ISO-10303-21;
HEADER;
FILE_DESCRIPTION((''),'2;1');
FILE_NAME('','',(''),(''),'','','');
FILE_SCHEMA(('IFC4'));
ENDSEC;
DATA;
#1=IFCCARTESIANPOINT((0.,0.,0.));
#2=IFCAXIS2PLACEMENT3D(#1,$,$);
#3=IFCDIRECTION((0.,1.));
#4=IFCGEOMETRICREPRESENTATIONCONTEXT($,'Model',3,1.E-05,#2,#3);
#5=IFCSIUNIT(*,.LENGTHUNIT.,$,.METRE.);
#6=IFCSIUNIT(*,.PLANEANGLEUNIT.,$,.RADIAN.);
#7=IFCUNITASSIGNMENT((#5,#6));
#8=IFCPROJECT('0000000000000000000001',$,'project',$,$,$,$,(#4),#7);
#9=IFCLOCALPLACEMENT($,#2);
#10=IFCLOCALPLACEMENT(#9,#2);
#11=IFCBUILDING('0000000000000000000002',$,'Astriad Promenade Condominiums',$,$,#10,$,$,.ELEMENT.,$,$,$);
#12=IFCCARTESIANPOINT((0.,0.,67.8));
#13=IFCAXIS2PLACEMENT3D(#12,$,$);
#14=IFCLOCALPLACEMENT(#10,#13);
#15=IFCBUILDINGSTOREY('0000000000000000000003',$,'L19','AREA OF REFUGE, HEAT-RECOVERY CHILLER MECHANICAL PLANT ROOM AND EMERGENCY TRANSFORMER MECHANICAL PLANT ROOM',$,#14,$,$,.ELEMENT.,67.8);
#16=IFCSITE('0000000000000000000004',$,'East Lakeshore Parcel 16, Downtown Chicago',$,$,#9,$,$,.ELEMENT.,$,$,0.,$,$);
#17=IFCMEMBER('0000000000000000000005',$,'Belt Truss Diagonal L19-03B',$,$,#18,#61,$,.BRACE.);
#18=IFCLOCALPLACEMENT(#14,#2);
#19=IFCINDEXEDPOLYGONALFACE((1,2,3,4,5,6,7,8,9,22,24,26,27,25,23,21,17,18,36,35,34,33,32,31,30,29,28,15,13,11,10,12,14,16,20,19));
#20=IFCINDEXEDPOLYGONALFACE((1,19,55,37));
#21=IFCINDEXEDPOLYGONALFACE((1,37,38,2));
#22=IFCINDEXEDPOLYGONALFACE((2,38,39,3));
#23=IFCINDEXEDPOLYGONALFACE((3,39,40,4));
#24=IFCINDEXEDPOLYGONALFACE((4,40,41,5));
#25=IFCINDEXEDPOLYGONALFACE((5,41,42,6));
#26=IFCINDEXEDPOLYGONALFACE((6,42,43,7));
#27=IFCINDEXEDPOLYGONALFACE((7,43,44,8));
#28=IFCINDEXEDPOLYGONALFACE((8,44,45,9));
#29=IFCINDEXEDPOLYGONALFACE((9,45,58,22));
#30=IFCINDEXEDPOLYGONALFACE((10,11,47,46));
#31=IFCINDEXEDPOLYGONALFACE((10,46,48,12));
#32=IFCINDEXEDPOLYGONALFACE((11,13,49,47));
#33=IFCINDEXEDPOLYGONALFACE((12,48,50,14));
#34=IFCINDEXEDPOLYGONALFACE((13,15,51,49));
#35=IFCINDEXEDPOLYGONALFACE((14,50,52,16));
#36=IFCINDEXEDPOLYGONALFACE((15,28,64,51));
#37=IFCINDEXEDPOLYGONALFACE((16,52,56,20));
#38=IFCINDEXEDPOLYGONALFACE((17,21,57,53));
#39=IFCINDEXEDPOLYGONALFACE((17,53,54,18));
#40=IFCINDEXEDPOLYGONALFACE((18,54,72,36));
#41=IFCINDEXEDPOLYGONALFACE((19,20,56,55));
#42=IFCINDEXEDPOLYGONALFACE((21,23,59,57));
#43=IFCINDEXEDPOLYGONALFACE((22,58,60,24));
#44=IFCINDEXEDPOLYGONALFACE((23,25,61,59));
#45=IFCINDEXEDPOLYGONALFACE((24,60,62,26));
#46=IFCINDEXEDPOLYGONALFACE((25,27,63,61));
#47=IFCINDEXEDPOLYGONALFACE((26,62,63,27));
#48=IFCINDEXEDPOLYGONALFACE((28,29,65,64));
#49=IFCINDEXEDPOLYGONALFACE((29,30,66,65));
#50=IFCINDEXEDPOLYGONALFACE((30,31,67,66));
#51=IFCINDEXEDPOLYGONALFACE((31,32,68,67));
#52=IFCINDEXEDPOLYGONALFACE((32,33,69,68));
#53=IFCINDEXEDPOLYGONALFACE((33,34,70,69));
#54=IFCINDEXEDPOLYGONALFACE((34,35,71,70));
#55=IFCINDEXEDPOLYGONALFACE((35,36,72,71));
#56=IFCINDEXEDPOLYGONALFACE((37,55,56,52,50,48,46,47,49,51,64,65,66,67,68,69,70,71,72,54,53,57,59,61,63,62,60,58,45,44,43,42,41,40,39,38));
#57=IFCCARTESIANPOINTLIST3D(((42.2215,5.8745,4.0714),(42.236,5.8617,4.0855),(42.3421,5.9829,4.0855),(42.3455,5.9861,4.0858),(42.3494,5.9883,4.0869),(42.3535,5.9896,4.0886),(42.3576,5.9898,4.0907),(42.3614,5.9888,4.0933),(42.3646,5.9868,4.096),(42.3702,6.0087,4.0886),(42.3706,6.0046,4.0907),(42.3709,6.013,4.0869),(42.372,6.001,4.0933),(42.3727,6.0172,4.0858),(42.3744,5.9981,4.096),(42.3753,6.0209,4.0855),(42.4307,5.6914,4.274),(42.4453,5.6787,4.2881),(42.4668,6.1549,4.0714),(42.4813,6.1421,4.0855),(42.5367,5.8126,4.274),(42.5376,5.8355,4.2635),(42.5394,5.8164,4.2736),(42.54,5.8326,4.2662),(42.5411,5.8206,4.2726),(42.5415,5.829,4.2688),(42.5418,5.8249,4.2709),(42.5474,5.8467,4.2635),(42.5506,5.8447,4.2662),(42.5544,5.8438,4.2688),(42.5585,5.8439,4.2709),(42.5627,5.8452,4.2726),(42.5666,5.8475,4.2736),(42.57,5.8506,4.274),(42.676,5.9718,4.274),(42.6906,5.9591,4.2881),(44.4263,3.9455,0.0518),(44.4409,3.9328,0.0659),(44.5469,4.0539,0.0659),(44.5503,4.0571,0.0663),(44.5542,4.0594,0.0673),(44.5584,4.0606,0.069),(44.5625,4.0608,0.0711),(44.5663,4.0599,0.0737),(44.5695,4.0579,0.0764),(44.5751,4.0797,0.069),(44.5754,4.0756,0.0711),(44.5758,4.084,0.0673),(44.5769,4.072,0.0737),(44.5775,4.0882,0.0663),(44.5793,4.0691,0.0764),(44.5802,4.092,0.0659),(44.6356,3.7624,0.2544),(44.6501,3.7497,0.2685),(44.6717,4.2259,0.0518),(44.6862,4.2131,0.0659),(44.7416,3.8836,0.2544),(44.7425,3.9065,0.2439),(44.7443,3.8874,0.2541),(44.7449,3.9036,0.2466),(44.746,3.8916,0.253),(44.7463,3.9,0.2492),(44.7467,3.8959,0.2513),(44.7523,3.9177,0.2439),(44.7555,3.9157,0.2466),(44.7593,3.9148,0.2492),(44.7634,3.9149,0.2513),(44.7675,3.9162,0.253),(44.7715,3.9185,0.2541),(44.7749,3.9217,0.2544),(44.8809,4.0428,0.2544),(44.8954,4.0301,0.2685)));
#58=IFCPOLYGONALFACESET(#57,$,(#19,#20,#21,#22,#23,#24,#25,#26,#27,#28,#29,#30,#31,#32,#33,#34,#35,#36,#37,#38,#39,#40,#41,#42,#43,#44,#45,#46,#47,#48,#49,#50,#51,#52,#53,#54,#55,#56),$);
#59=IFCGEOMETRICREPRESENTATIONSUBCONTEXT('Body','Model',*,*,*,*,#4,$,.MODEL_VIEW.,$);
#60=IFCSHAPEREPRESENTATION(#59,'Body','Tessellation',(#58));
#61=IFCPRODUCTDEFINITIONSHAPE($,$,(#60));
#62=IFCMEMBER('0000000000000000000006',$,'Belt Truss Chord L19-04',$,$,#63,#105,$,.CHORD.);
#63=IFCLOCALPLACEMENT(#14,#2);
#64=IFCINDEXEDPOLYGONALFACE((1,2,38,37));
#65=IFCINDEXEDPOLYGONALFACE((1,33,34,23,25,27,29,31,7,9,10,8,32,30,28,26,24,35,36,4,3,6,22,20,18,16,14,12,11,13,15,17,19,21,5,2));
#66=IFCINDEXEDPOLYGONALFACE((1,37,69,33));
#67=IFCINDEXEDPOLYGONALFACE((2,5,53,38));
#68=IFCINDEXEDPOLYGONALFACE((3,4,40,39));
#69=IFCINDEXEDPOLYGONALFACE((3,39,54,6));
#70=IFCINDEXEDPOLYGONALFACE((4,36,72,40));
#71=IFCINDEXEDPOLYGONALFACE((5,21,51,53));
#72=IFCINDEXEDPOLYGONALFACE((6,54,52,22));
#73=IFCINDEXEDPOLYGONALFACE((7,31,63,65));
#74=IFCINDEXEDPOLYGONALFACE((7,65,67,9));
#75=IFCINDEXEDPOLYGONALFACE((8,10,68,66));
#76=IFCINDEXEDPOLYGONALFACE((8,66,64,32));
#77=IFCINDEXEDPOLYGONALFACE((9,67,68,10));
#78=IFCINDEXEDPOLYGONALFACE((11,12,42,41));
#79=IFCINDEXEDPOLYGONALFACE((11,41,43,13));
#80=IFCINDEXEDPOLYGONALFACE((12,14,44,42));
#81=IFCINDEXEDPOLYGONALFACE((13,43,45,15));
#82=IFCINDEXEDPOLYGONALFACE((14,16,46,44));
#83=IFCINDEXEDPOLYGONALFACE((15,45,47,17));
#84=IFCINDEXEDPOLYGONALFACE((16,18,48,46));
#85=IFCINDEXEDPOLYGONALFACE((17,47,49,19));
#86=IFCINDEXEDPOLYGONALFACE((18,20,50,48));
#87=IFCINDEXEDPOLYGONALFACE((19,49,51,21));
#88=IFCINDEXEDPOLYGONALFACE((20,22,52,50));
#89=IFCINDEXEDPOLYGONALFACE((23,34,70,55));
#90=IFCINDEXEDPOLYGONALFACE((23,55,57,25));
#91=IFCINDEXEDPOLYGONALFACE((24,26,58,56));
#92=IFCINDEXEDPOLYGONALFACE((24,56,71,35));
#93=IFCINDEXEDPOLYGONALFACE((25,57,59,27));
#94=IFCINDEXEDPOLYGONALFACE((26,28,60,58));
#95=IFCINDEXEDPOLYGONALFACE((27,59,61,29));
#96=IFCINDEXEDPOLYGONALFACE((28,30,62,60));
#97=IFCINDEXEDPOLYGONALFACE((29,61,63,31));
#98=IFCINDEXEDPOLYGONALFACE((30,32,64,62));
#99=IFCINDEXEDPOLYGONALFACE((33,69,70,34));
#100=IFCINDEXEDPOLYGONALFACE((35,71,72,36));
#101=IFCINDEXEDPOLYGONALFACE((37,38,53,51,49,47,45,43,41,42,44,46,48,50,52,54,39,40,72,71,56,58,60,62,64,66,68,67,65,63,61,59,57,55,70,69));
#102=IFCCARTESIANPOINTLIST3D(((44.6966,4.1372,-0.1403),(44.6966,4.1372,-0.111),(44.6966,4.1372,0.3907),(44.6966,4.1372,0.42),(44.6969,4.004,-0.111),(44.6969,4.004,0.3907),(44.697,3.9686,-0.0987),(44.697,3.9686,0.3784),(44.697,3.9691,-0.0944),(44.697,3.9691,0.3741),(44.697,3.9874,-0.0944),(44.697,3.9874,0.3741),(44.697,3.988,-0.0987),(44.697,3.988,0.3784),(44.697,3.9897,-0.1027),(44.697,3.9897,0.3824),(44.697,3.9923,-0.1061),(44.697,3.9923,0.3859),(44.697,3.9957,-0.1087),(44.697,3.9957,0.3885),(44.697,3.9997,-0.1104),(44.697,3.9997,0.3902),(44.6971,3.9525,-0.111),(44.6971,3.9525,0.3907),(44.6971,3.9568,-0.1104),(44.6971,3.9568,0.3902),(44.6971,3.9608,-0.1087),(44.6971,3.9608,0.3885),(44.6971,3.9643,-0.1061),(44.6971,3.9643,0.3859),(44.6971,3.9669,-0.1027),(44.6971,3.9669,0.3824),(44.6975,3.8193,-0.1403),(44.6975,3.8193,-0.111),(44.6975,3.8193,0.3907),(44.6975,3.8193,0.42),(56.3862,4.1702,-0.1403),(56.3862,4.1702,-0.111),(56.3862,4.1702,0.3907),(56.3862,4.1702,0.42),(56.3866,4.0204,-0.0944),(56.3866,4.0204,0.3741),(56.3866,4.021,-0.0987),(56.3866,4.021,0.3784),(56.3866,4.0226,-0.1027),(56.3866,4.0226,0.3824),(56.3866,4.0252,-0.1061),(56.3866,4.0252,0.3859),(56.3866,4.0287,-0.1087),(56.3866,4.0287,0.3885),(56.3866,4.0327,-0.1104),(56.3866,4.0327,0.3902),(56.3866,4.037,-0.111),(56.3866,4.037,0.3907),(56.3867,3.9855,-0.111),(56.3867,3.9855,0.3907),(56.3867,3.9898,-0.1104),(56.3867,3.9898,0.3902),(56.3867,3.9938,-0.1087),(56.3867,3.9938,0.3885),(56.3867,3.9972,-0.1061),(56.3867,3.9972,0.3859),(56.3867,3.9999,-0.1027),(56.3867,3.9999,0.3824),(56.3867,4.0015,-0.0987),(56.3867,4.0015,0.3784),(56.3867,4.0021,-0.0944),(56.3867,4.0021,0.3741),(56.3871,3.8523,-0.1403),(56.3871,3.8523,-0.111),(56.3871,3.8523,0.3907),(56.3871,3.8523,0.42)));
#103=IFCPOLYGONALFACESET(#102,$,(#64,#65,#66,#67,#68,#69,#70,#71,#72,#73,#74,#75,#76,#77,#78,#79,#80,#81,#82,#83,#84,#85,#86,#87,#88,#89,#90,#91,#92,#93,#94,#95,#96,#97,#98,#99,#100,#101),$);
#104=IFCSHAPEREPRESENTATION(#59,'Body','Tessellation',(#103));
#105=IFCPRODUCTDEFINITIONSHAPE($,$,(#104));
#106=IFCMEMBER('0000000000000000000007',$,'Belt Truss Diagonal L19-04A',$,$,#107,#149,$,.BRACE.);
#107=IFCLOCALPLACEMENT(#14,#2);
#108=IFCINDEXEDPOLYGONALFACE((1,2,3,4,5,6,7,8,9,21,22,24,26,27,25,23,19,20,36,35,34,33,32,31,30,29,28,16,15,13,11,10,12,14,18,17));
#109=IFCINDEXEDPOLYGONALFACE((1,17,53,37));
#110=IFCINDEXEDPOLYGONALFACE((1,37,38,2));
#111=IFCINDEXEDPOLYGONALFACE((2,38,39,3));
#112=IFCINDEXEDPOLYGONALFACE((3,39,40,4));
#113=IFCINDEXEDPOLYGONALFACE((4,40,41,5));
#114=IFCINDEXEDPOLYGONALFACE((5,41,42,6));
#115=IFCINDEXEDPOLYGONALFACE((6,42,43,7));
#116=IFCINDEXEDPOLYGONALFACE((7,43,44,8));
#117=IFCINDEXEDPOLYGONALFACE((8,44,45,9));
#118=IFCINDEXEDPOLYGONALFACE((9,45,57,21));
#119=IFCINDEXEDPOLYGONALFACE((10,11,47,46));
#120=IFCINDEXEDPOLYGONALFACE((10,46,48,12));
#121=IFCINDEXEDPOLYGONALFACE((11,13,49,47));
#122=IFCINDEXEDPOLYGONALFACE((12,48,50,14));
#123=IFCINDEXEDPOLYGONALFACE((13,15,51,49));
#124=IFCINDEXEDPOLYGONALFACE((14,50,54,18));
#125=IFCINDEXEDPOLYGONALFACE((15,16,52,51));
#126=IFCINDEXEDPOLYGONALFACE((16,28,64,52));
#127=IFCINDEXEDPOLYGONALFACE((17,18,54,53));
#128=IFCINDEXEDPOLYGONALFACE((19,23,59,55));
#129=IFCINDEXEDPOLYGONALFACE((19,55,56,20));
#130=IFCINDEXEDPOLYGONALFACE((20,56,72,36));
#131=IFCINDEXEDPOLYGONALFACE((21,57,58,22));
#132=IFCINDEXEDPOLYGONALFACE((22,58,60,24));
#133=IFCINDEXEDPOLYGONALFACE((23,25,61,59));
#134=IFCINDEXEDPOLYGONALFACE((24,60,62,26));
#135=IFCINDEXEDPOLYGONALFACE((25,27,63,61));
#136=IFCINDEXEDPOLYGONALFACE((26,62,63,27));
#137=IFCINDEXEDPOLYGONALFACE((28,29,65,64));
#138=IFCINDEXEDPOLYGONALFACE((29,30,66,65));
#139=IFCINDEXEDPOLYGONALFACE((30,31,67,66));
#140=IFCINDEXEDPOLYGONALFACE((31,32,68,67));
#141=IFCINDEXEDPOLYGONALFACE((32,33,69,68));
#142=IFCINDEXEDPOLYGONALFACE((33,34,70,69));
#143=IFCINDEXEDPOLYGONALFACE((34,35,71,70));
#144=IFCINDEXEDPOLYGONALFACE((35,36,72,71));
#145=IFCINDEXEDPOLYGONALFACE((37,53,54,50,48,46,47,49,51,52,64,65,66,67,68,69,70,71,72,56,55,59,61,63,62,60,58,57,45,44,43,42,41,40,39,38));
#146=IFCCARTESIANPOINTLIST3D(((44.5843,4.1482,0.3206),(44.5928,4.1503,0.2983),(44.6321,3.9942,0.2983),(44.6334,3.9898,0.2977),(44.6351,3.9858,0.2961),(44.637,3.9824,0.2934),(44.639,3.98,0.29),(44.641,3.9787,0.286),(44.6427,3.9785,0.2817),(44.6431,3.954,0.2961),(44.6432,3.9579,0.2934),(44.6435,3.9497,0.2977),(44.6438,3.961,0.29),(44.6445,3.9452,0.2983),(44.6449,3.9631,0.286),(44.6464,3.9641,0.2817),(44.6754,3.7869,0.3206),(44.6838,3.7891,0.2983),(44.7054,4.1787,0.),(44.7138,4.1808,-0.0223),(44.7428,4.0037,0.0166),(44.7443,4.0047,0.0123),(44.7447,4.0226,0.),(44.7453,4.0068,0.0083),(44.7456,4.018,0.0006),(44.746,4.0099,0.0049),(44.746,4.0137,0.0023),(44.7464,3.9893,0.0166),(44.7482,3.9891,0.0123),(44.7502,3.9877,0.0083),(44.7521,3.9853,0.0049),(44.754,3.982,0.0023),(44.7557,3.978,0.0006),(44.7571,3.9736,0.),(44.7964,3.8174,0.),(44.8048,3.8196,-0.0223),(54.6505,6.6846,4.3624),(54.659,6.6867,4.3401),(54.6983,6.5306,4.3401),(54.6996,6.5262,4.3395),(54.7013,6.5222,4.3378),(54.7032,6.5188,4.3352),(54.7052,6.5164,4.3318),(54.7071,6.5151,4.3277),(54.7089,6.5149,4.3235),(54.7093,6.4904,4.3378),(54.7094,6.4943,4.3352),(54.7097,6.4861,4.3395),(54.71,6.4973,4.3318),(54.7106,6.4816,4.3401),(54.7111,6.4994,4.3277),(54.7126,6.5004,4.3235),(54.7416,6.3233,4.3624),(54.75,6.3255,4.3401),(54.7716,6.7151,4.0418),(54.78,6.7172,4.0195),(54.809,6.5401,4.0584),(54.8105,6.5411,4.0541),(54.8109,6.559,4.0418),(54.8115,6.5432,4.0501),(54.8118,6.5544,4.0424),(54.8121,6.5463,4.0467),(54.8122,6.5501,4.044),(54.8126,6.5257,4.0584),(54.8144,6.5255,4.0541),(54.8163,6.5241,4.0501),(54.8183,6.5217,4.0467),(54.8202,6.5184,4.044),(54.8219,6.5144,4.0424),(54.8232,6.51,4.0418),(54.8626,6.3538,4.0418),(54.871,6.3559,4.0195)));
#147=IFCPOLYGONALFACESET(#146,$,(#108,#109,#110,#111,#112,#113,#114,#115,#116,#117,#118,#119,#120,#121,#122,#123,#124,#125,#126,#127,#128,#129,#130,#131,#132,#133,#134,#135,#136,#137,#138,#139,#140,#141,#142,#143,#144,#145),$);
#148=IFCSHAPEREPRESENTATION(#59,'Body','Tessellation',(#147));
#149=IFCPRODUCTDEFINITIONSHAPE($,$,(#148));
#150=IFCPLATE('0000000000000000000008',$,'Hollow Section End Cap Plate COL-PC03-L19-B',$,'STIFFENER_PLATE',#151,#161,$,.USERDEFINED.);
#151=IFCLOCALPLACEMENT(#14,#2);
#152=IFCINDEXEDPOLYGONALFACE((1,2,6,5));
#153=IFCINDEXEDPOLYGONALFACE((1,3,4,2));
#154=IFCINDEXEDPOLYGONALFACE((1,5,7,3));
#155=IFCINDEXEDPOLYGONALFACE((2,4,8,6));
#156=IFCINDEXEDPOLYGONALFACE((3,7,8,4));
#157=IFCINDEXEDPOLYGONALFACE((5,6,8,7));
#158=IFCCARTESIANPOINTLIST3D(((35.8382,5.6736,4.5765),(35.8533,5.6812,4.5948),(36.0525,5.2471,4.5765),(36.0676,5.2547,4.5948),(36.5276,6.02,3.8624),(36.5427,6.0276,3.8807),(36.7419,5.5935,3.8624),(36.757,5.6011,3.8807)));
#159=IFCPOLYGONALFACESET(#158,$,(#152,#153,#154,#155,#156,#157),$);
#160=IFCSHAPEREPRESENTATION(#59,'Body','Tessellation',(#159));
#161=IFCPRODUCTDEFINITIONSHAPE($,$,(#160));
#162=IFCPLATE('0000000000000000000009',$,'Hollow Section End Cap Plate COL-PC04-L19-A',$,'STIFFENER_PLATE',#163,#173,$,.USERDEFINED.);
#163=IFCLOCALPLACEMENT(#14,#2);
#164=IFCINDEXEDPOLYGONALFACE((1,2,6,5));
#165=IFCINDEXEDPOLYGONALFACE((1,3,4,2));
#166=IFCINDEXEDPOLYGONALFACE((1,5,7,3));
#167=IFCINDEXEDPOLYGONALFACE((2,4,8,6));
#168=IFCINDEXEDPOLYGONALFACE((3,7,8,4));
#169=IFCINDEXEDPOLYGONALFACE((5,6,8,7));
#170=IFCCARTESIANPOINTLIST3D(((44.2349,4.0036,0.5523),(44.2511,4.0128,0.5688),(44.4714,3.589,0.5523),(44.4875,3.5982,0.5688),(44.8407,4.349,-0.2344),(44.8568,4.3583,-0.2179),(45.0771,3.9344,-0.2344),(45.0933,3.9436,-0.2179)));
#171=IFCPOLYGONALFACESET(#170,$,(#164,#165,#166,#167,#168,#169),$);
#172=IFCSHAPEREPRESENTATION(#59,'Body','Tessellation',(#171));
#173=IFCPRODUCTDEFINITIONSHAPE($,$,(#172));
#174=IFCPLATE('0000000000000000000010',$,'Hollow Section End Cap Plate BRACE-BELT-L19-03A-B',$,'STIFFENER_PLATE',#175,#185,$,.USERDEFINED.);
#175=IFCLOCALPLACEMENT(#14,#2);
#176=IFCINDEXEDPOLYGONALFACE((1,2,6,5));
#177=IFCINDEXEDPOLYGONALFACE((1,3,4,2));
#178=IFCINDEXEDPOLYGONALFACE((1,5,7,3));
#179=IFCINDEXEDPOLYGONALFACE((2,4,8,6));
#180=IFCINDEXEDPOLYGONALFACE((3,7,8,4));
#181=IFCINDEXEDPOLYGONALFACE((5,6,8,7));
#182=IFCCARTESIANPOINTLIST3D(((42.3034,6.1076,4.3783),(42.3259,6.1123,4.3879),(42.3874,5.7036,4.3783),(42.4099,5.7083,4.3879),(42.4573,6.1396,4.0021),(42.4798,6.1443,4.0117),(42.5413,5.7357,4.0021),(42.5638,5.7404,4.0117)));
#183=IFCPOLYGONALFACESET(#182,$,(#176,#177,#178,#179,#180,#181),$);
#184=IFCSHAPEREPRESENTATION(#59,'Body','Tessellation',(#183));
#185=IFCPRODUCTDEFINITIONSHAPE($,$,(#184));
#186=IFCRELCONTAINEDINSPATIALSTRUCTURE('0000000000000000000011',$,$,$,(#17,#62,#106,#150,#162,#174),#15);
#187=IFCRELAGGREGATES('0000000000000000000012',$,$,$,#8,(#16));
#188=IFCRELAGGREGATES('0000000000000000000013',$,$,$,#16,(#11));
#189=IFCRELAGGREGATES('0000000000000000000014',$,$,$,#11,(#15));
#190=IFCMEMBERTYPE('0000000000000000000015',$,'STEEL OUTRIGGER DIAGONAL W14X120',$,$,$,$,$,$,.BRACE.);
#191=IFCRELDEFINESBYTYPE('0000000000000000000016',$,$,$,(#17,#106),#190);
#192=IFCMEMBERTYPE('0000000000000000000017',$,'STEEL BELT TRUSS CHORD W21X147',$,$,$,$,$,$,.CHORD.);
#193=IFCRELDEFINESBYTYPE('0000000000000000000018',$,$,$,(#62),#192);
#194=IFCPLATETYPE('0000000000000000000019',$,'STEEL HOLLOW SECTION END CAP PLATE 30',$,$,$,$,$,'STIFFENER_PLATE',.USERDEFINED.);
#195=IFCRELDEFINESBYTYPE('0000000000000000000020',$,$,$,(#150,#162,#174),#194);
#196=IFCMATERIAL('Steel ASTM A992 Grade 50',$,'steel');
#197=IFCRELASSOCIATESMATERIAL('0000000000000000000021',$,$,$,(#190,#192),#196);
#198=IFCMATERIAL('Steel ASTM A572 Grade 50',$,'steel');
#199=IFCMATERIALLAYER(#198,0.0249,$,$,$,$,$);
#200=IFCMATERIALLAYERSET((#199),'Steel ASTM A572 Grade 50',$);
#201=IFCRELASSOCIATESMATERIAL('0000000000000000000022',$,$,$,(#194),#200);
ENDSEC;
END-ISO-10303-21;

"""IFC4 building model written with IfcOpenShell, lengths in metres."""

from ifc_helpers import new_model, si_unit, direction, frame, origin, origin_2d, place, context, subcontext, project, spatial, rectangle, i_section, extrude, source, transform, mapped, material, layer, layer_set, material_profile, profile_set, type_object, type_shapes, element, save


model = new_model("IFC4")

# Units and contexts
model_context = context("Model", 3, precision=1e-05, world=origin(), true_north=direction((0.0, 1.0)))
body_context = subcontext(model_context, "Body", "Model", "MODEL_VIEW")
ifc_project = project(units=[si_unit("LENGTHUNIT", "METRE"), si_unit("PLANEANGLEUNIT", "RADIAN")], contexts=[model_context])

# Site, building, storey
site_placement = place(None, origin())
site = spatial("IfcSite", under=ifc_project, at=site_placement, Name="East Lakeshore Parcel 16, Downtown Chicago", CompositionType="ELEMENT", RefElevation=0.0)
building_placement = place(site_placement, origin())
building = spatial("IfcBuilding", under=site, at=building_placement, Name="Astriad Promenade Condominiums", CompositionType="ELEMENT")
storey_placement = place(building_placement, frame((0.0, 0.0, 67.8)))
storey = spatial("IfcBuildingStorey", under=building, at=storey_placement, Name="L19", Description="AREA OF REFUGE, HEAT-RECOVERY CHILLER MECHANICAL PLANT ROOM AND EMERGENCY TRANSFORMER MECHANICAL PLANT ROOM", CompositionType="ELEMENT", Elevation=67.8)

# Shared definitions
ifc_material_1 = material(Name="Steel ASTM A992 Grade 50", Category="steel")

# Members
ifc_material_profile_1 = material_profile(ifc_material_1, i_section(OverallWidth=0.3726, OverallDepth=0.3679, WebThickness=0.0149, FlangeThickness=0.0239, FilletRadius=0.0178, at=origin_2d()), Name="W14X120")
ifc_profile_set_1 = profile_set([ifc_material_profile_1], Name="Steel ASTM A992 Grade 50")
member_type_1 = type_object("IfcMemberType", Name="STEEL OUTRIGGER DIAGONAL W14X120", PredefinedType="BRACE", material=ifc_profile_set_1)
shared_shape_1 = source(origin(), body_context, "Body", "SweptSolid", [
    extrude(i_section(OverallWidth=0.3726, OverallDepth=0.3679, WebThickness=0.0149, FlangeThickness=0.0239, FilletRadius=0.0178, at=origin_2d()), origin(), (0.0, 0.0, 1.0), 4.9739),
])
member_1_placement = place(storey_placement, frame((44.6609, 3.9878, 0.1602), z_axis=(-0.443289, 0.387822, 0.808139), x_axis=(-0.658452, -0.752623, 0.0)))
element("IfcMember", 1, at=member_1_placement, inside=storey, type_object=member_type_1, Name="Belt Truss Diagonal L19-03B", PredefinedType="BRACE", context=body_context, shape_type="MappedRepresentation", body=[
    mapped(shared_shape_1, transform((0.0, 0.0, 0.0), scale=1.0)),
])
ifc_material_profile_2 = material_profile(ifc_material_1, i_section(OverallWidth=0.3179, OverallDepth=0.5603, WebThickness=0.0183, FlangeThickness=0.0293, FilletRadius=0.0166, at=origin_2d()), Name="W21X147")
ifc_profile_set_2 = profile_set([ifc_material_profile_2], Name="Steel ASTM A992 Grade 50")
member_type_2 = type_object("IfcMemberType", Name="STEEL BELT TRUSS CHORD W21X147", PredefinedType="CHORD", material=ifc_profile_set_2)
shared_shape_2 = source(origin(), body_context, "Body", "SweptSolid", [
    extrude(i_section(OverallWidth=0.3179, OverallDepth=0.5603, WebThickness=0.0183, FlangeThickness=0.0293, FilletRadius=0.0166, at=origin_2d()), origin(), (0.0, 0.0, 1.0), 11.6897),
])
type_shapes(member_type_2, [shared_shape_2])
member_2_placement = place(storey_placement, frame((44.697, 3.9783, 0.1399), z_axis=(0.999996, 0.002819, 0.0), x_axis=(-0.002819, 0.999996, 0.0)))
element("IfcMember", 2, at=member_2_placement, inside=storey, type_object=member_type_2, Name="Belt Truss Chord L19-04", PredefinedType="CHORD", context=body_context, shape_type="MappedRepresentation", body=[
    mapped(shared_shape_2, transform((0.0, 0.0, 0.0), scale=1.0)),
])
shared_shape_3 = source(origin(), body_context, "Body", "SweptSolid", [
    extrude(i_section(OverallWidth=0.3726, OverallDepth=0.3679, WebThickness=0.0149, FlangeThickness=0.0239, FilletRadius=0.0178, at=origin_2d()), origin(), (0.0, 0.0, 1.0), 11.1399),
])
type_shapes(member_type_1, [shared_shape_1, shared_shape_3])
member_3_placement = place(storey_placement, frame((44.6946, 3.9839, 0.1492), z_axis=(0.903616, 0.227685, 0.362818), x_axis=(-0.244334, 0.969691, 0.0)))
element("IfcMember", 3, at=member_3_placement, inside=storey, type_object=member_type_1, Name="Belt Truss Diagonal L19-04A", PredefinedType="BRACE", context=body_context, shape_type="MappedRepresentation", body=[
    mapped(shared_shape_3, transform((0.0, 0.0, 0.0), scale=1.0)),
])

# Plates
ifc_material_2 = material(Name="Steel ASTM A572 Grade 50", Category="steel")
ifc_layer_1 = layer(ifc_material_2, 0.0249)
ifc_layer_set_1 = layer_set([ifc_layer_1], Name="Steel ASTM A572 Grade 50")
plate_type_1 = type_object("IfcPlateType", Name="STEEL HOLLOW SECTION END CAP PLATE 30", ElementType="STIFFENER_PLATE", PredefinedType="USERDEFINED", material=ifc_layer_set_1)
shared_shape_4 = source(origin(), body_context, "Body", "SweptSolid", [
    extrude(rectangle(XDim=0.4773, YDim=1.0513, at=origin_2d()), origin(), (0.0, 0.0, 1.0), 0.0249),
])
for number, where, z_axis, x_axis, name in (
    (4, (36.29, 5.6335, 4.2195), (0.606984, 0.305002, 0.733856), (-0.448991, 0.893536, 0.0), "Hollow Section End Cap Plate COL-PC03-L19-B"),
    (5, (44.656, 3.969, 0.1589), (0.65006, 0.370726, 0.663313), (-0.495397, 0.868667, 0.0), "Hollow Section End Cap Plate COL-PC04-L19-A"),
):
    element("IfcPlate", number, at=place(storey_placement, frame(where, z_axis=z_axis, x_axis=x_axis)), inside=storey, type_object=plate_type_1, Name=name, ObjectType="STIFFENER_PLATE", PredefinedType="USERDEFINED", context=body_context, shape_type="MappedRepresentation", body=[
        mapped(shared_shape_4, transform((0.0, 0.0, 0.0), scale=1.0)),
    ])
shared_shape_5 = source(origin(), body_context, "Body", "SweptSolid", [
    extrude(rectangle(XDim=0.4126, YDim=0.4077, at=origin_2d()), origin(), (0.0, 0.0, 1.0), 0.0249),
])
type_shapes(plate_type_1, [shared_shape_4, shared_shape_5])
plate_1_placement = place(storey_placement, frame((42.4224, 5.9216, 4.1902), z_axis=(0.903324, 0.188002, 0.385566), x_axis=(-0.203757, 0.979022, 0.0)))
element("IfcPlate", 6, at=plate_1_placement, inside=storey, type_object=plate_type_1, Name="Hollow Section End Cap Plate BRACE-BELT-L19-03A-B", ObjectType="STIFFENER_PLATE", PredefinedType="USERDEFINED", context=body_context, shape_type="MappedRepresentation", body=[
    mapped(shared_shape_5, transform((0.0, 0.0, 0.0), scale=1.0)),
])

save(model, "model.ifc")
